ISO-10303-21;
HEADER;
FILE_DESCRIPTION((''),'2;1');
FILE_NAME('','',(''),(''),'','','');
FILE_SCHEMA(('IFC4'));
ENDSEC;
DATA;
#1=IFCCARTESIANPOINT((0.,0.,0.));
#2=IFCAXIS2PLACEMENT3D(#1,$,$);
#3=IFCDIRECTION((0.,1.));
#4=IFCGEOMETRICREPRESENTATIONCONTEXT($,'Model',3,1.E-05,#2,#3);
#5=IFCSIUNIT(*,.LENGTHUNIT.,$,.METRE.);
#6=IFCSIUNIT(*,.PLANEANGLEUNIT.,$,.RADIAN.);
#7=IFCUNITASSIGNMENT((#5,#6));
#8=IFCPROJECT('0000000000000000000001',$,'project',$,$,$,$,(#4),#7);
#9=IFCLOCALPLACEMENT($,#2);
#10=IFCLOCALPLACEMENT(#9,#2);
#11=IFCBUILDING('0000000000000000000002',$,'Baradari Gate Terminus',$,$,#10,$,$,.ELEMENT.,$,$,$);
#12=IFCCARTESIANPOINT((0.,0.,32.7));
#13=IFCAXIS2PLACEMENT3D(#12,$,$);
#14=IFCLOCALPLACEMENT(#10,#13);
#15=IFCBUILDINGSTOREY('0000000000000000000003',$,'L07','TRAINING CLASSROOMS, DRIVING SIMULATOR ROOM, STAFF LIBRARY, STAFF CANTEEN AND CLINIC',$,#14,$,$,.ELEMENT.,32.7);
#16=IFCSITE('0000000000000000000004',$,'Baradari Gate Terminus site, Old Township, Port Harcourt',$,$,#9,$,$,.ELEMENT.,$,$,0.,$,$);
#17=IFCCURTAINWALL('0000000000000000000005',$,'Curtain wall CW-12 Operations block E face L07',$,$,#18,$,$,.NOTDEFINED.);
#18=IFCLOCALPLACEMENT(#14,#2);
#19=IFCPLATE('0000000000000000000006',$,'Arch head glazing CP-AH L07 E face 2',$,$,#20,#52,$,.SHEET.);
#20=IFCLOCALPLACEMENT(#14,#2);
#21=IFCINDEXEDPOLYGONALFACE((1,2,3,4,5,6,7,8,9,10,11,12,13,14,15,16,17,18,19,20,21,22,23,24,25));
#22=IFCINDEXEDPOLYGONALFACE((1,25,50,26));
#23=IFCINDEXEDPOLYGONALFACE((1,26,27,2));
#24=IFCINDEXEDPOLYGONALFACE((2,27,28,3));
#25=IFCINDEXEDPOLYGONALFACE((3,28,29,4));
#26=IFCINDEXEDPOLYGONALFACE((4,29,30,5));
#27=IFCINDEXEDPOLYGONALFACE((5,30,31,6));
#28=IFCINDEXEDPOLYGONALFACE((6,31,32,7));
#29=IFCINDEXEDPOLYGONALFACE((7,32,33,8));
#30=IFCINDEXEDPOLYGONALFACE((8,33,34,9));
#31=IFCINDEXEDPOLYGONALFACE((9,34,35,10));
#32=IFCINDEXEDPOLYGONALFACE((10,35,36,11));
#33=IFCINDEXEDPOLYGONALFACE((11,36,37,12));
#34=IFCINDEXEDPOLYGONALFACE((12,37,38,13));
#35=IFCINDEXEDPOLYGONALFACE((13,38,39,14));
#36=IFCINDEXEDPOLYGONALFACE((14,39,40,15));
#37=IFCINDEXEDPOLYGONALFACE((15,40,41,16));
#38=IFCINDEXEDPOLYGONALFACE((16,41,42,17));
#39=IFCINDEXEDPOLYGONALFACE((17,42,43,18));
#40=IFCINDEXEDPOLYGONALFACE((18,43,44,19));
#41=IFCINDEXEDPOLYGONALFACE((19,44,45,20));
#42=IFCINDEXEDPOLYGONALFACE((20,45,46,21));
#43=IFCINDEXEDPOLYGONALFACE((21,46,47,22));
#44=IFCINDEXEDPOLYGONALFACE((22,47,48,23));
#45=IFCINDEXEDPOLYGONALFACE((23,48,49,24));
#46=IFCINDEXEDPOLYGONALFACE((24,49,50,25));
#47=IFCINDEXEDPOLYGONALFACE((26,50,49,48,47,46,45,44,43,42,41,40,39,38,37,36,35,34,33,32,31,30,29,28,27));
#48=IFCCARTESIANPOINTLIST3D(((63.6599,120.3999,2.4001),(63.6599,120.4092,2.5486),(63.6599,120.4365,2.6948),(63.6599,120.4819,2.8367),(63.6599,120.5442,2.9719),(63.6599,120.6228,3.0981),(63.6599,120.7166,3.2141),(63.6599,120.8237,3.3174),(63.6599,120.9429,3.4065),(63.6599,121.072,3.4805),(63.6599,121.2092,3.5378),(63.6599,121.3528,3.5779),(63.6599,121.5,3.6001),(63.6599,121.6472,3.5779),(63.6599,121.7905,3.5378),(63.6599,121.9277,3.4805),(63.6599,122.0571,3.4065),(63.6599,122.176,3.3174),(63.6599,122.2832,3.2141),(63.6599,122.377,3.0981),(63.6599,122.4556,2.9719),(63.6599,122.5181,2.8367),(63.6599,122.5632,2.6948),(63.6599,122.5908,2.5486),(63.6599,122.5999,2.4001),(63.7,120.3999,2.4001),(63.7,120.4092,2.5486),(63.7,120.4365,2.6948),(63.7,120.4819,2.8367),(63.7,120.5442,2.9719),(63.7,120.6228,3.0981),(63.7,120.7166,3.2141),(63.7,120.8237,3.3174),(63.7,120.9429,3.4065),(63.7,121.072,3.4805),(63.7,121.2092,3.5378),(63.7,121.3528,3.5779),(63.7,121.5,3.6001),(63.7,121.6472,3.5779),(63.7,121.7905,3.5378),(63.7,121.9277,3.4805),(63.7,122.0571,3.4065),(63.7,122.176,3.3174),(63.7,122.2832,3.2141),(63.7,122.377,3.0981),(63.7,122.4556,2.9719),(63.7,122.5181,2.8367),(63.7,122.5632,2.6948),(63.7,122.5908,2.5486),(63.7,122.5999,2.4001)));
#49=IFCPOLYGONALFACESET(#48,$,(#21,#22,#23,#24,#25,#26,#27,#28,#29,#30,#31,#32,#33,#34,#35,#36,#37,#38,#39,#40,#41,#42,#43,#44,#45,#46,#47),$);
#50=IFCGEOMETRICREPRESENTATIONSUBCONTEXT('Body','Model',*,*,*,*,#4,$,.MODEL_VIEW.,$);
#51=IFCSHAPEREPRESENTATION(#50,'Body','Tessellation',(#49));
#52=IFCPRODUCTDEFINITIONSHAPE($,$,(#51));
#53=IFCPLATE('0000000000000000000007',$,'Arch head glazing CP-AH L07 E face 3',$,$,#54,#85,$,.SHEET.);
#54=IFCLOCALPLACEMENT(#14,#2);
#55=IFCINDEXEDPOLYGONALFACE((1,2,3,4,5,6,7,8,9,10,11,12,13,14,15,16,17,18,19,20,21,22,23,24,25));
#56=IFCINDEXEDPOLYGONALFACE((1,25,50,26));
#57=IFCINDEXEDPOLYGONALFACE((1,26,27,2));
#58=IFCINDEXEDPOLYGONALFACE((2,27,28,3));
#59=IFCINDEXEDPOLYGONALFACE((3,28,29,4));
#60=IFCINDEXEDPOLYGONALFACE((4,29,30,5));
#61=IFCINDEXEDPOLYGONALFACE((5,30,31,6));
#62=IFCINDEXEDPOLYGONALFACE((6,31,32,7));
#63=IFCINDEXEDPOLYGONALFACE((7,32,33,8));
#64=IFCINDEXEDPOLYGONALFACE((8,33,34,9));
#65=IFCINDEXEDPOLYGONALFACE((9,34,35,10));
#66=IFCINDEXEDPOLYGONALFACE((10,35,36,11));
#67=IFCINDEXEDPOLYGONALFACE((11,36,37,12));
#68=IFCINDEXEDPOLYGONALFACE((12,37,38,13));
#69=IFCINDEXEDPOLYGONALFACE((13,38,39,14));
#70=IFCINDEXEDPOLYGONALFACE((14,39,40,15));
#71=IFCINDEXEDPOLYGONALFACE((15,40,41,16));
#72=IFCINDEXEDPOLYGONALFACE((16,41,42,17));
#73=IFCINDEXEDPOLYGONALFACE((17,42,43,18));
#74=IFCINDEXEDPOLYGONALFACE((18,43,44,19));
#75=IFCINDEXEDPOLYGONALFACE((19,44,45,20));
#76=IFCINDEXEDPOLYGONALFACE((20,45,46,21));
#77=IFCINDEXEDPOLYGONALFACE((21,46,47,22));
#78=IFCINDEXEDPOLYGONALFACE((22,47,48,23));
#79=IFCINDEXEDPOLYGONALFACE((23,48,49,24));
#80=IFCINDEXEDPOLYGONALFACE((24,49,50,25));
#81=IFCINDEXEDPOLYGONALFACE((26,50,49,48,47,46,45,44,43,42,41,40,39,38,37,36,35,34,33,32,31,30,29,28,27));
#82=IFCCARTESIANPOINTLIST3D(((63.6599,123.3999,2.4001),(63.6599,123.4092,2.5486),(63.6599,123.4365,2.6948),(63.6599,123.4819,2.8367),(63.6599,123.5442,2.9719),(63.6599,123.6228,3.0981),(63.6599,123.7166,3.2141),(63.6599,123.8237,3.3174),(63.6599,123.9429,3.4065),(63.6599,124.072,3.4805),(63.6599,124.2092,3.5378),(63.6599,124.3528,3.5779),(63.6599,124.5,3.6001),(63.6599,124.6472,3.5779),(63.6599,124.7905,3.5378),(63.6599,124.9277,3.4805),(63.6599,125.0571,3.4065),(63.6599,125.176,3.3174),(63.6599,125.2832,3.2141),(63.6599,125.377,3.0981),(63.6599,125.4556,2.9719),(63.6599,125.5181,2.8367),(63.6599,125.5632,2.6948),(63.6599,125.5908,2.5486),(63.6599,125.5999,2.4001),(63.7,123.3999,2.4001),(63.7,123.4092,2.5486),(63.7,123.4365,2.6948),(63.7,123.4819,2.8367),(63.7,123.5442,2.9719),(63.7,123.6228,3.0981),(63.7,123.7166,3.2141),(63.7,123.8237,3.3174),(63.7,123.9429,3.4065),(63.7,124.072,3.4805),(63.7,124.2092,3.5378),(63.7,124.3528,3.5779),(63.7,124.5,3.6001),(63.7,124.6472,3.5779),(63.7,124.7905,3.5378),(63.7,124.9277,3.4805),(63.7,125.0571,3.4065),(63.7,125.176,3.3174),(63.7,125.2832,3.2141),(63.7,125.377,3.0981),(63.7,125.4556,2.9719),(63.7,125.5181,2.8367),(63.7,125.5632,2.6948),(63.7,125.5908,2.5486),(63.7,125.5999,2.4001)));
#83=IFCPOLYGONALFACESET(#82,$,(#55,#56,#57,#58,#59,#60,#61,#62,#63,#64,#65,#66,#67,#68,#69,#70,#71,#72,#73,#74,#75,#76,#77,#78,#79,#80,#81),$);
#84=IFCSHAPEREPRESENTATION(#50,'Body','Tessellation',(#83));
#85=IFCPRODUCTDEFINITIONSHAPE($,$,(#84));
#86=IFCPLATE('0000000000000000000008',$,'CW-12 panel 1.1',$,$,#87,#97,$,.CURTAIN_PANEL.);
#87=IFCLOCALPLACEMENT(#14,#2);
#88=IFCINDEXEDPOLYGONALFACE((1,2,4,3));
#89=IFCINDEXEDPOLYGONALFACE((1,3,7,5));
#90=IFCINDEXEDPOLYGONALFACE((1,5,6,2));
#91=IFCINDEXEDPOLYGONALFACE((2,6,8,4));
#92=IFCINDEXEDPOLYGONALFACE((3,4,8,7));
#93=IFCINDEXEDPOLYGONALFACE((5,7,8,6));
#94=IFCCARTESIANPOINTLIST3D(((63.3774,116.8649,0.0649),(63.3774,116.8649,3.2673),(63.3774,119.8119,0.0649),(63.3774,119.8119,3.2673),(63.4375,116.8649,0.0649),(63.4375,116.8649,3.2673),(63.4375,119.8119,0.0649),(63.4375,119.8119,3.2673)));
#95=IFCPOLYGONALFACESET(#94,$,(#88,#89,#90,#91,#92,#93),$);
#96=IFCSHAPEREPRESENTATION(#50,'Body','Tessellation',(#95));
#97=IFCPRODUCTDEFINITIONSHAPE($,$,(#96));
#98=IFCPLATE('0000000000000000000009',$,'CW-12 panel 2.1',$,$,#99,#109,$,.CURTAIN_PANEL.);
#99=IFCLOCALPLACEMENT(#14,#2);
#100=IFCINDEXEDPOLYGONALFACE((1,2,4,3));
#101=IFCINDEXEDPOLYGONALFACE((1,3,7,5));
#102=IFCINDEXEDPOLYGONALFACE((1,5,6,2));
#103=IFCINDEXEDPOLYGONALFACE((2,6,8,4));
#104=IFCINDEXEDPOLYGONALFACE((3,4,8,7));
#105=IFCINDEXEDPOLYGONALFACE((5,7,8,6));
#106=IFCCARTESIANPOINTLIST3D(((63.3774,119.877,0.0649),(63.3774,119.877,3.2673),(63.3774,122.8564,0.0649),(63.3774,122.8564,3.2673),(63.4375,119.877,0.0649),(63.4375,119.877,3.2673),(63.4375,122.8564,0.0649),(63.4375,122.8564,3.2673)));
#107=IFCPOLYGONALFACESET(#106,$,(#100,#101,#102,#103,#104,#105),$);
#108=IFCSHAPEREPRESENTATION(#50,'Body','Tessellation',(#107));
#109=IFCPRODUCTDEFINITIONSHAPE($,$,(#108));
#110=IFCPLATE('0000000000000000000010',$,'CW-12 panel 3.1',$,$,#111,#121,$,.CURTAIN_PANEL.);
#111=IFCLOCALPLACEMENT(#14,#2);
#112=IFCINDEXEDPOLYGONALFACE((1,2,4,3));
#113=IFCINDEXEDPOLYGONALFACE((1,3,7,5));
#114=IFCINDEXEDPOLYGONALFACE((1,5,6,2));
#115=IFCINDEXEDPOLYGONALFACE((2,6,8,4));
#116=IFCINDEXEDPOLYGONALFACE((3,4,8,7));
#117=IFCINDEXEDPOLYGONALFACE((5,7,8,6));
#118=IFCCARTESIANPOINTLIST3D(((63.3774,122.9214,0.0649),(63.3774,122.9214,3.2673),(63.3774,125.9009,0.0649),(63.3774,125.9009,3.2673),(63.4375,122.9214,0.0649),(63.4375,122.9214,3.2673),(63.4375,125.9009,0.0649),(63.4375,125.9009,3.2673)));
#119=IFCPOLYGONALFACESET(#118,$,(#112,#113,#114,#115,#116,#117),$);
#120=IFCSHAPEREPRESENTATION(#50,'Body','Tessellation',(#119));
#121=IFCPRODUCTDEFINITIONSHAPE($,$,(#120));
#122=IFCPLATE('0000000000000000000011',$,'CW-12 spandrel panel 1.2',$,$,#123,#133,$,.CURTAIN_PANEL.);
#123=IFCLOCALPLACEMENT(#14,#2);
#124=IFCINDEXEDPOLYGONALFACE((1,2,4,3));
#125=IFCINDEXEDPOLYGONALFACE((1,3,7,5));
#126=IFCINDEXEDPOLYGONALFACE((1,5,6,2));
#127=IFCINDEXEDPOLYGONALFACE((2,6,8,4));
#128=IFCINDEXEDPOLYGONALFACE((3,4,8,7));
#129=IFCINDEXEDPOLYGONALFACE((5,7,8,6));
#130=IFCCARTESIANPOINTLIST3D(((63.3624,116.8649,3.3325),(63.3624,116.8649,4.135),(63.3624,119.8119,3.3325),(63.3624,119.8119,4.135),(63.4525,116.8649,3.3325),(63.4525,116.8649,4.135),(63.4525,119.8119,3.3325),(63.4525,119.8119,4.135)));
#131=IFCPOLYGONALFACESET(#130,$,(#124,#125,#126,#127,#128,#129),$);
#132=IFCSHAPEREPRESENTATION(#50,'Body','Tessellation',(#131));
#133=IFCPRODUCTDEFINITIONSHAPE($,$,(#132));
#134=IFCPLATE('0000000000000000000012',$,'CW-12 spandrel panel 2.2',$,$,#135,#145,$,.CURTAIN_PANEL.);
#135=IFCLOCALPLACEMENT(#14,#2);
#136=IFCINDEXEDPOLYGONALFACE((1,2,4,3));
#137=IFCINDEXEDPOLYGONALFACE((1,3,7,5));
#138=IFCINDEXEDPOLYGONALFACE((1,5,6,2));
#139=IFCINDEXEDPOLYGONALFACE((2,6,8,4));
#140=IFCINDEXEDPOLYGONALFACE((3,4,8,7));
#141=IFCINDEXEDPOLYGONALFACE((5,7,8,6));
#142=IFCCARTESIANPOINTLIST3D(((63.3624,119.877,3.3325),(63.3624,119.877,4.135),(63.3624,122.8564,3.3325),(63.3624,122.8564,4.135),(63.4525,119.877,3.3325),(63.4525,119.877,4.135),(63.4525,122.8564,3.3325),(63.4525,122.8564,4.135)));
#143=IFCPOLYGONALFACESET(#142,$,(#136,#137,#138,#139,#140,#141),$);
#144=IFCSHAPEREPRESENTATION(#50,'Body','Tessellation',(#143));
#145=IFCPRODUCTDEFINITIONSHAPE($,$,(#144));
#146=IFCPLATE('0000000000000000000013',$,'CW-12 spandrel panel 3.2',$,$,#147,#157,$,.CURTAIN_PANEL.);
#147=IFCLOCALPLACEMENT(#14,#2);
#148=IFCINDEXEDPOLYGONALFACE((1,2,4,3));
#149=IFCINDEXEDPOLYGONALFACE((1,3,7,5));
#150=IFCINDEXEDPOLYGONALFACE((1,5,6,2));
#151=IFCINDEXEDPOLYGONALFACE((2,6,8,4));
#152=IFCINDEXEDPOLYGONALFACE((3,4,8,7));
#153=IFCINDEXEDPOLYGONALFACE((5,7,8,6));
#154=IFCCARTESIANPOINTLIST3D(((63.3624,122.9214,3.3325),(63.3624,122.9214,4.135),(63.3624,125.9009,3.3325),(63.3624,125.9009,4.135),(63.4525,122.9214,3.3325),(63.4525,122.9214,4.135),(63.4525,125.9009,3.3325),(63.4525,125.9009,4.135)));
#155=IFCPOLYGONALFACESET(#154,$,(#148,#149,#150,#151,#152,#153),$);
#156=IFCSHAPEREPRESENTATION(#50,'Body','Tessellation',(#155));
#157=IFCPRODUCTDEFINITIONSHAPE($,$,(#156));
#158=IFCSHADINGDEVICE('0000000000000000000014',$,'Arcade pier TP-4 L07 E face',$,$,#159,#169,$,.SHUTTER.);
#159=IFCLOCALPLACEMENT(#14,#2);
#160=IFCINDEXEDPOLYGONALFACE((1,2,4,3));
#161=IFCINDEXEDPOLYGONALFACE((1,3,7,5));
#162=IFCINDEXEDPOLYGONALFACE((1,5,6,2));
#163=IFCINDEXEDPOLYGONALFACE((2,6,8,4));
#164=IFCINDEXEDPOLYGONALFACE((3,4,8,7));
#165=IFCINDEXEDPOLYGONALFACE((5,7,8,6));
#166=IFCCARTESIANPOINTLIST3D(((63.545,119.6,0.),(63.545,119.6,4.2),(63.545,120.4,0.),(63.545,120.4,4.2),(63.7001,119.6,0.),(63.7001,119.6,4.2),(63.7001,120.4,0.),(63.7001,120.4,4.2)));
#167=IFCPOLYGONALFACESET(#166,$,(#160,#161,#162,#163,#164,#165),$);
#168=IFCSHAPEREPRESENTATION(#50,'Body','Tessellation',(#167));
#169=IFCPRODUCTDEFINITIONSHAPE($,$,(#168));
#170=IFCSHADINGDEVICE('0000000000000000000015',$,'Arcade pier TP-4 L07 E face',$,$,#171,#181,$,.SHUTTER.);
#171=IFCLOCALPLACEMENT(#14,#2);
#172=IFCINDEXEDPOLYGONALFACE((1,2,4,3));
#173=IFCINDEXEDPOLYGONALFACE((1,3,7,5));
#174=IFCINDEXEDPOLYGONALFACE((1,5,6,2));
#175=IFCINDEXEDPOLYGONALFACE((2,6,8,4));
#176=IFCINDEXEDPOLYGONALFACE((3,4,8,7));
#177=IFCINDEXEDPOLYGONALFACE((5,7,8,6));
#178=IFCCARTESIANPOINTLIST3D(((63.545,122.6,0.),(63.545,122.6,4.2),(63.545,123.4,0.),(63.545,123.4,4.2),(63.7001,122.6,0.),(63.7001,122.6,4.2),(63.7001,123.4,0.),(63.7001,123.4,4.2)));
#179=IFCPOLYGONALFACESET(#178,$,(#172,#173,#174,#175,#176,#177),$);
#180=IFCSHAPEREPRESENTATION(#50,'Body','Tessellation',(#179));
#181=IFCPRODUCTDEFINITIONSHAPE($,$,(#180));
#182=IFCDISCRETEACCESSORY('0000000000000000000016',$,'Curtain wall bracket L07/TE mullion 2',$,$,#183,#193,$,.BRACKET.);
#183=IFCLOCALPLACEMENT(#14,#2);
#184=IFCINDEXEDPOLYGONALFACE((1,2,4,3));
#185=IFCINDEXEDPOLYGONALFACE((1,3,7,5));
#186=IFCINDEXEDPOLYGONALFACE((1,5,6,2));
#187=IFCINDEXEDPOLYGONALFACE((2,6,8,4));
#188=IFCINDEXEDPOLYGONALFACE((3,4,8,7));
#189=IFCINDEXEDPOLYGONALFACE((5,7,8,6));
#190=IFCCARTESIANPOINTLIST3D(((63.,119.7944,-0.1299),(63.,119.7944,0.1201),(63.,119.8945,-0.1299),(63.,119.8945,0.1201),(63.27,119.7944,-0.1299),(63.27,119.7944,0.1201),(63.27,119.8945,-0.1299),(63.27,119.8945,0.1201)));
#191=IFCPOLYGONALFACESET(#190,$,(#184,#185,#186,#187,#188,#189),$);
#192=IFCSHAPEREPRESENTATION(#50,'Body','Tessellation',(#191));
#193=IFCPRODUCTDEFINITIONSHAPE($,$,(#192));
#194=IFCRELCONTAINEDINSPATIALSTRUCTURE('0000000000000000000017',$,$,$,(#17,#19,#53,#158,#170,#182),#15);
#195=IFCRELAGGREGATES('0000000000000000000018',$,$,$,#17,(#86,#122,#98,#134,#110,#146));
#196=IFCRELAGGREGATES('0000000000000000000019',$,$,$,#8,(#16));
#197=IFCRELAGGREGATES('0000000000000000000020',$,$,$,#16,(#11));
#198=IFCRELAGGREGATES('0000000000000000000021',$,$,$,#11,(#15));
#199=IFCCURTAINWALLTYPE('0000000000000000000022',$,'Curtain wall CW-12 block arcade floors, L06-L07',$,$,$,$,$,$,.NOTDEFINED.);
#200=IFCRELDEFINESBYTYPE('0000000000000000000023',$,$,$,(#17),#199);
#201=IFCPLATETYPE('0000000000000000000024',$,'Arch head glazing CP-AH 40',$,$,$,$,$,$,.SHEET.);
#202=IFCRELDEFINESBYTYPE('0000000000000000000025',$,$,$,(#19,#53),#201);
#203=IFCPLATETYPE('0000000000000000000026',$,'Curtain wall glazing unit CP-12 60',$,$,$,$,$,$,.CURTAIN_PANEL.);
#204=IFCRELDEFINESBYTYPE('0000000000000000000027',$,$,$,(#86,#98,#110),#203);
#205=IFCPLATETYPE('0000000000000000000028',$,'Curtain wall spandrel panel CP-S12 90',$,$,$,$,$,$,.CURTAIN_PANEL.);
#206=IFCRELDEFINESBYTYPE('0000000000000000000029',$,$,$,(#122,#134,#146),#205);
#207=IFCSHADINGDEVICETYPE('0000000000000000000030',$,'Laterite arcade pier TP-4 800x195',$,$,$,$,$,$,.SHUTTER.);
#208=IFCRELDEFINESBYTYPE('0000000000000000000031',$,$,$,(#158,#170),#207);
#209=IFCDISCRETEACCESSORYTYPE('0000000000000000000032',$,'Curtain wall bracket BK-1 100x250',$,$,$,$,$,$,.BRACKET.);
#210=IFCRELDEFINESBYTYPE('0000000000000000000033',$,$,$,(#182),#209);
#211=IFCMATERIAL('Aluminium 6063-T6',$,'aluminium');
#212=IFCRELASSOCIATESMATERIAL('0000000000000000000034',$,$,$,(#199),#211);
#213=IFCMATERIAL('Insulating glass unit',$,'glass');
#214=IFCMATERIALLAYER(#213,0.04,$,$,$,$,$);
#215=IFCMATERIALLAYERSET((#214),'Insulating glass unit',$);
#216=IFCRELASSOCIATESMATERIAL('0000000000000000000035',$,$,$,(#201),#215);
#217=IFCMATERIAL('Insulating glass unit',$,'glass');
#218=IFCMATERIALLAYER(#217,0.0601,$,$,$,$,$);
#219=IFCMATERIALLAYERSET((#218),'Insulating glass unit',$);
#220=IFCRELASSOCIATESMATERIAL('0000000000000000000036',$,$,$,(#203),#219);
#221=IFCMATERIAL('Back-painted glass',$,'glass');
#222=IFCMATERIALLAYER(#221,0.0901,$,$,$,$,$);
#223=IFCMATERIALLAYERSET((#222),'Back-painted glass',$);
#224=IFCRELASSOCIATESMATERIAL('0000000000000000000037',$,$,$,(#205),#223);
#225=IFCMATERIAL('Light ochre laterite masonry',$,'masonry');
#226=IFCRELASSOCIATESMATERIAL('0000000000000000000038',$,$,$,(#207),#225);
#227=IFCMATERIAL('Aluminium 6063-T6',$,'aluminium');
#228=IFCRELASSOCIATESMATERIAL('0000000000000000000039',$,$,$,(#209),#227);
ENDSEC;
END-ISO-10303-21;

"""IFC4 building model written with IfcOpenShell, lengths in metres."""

from ifc_helpers import new_model, si_unit, direction, frame, origin, origin_2d, place, context, subcontext, project, spatial, polyline, rectangle, outline, extrude, material, layer, layer_set, type_object, element, aggregate, save


model = new_model("IFC4")

# Units and contexts
model_context = context("Model", 3, precision=1e-05, world=origin(), true_north=direction((0.0, 1.0)))
body_context = subcontext(model_context, "Body", "Model", "MODEL_VIEW")
ifc_project = project(units=[si_unit("LENGTHUNIT", "METRE"), si_unit("PLANEANGLEUNIT", "RADIAN")], contexts=[model_context])

# Site, building, storey
site_placement = place(None, origin())
site = spatial("IfcSite", under=ifc_project, at=site_placement, Name="Baradari Gate Terminus site, Old Township, Port Harcourt", CompositionType="ELEMENT", RefElevation=0.0)
building_placement = place(site_placement, origin())
building = spatial("IfcBuilding", under=site, at=building_placement, Name="Baradari Gate Terminus", CompositionType="ELEMENT")
storey_placement = place(building_placement, frame((0.0, 0.0, 32.7)))
storey = spatial("IfcBuildingStorey", under=building, at=storey_placement, Name="L07", Description="TRAINING CLASSROOMS, DRIVING SIMULATOR ROOM, STAFF LIBRARY, STAFF CANTEEN AND CLINIC", CompositionType="ELEMENT", Elevation=32.7)

# Curtain wall
ifc_material_1 = material(Name="Aluminium 6063-T6", Category="aluminium")
curtain_wall_type = type_object("IfcCurtainWallType", Name="Curtain wall CW-12 block arcade floors, L06-L07", PredefinedType="NOTDEFINED", material=ifc_material_1)
curtain_wall_placement = place(storey_placement, origin())
curtain_wall = element("IfcCurtainWall", 1, at=curtain_wall_placement, inside=storey, type_object=curtain_wall_type, Name="Curtain wall CW-12 Operations block E face L07", PredefinedType="NOTDEFINED")

# Plates
ifc_material_2 = material(Name="Insulating glass unit", Category="glass")
ifc_layer_1 = layer(ifc_material_2, 0.04)
ifc_layer_set_1 = layer_set([ifc_layer_1], Name="Insulating glass unit")
plate_type_1 = type_object("IfcPlateType", Name="Arch head glazing CP-AH 40", PredefinedType="SHEET", material=ifc_layer_set_1)
for number, where, z_axis, x_axis, name in (
    (2, (63.6799, 120.3999, 2.4001), (0.0, 0.0, 1.0), (0.0, 1.0, 0.0), "Arch head glazing CP-AH L07 E face 2"),
    (3, (63.6799, 123.3999, 2.4001), (0.0, 0.0, 1.0), (0.0, 1.0, 0.0), "Arch head glazing CP-AH L07 E face 3"),
):
    element("IfcPlate", number, at=place(storey_placement, frame(where, z_axis=z_axis, x_axis=x_axis)), inside=storey, type_object=plate_type_1, Name=name, PredefinedType="SHEET", context=body_context, shape_type="SweptSolid", body=[
        extrude(outline(polyline([(0.0, 0.0), (2.2, 0.0), (2.1909, 0.1484), (2.1633, 0.2947), (2.1182, 0.4365), (2.0557, 0.5718), (1.9771, 0.698), (1.8833, 0.814), (1.7761, 0.9172), (1.6572, 1.0063), (1.5278, 1.0803), (1.3906, 1.1377), (1.2473, 1.1777), (1.1001, 1.2), (0.9529, 1.1777), (0.8093, 1.1377), (0.6721, 1.0803), (0.543, 1.0063), (0.4238, 0.9172), (0.3167, 0.814), (0.2229, 0.698), (0.1443, 0.5718), (0.082, 0.4365), (0.0366, 0.2947), (0.0093, 0.1484), (0.0, 0.0)])), frame((0.0, 0.02, 0.0), z_axis=(0.0, -1.0, 0.0), x_axis=(1.0, 0.0, 0.0)), (0.0, 0.0, 1.0), 0.04),
    ])

# Plates
ifc_material_3 = material(Name="Insulating glass unit", Category="glass")
ifc_layer_2 = layer(ifc_material_3, 0.0601)
ifc_layer_set_2 = layer_set([ifc_layer_2], Name="Insulating glass unit")
plate_type_2 = type_object("IfcPlateType", Name="Curtain wall glazing unit CP-12 60", PredefinedType="CURTAIN_PANEL", material=ifc_layer_set_2)
plate_1_placement = place(storey_placement, frame((63.4075, 118.3384, 0.0649), z_axis=(0.0, 0.0, 1.0), x_axis=(0.0, 1.0, 0.0)))
plate_1 = element("IfcPlate", 4, at=plate_1_placement, type_object=plate_type_2, Name="CW-12 panel 1.1", PredefinedType="CURTAIN_PANEL", context=body_context, shape_type="SweptSolid", body=[
    extrude(rectangle(XDim=2.947, YDim=0.0601, at=origin_2d()), origin(), (0.0, 0.0, 1.0), 3.2024),
])
plate_2_placement = place(storey_placement, frame((63.4075, 121.3667, 0.0649), z_axis=(0.0, 0.0, 1.0), x_axis=(0.0, 1.0, 0.0)))
plate_2 = element("IfcPlate", 5, at=plate_2_placement, type_object=plate_type_2, Name="CW-12 panel 2.1", PredefinedType="CURTAIN_PANEL", context=body_context, shape_type="SweptSolid", body=[
    extrude(rectangle(XDim=2.9795, YDim=0.0601, at=origin_2d()), origin(), (0.0, 0.0, 1.0), 3.2024),
])
plate_3_placement = place(storey_placement, frame((63.4075, 124.4111, 0.0649), z_axis=(0.0, 0.0, 1.0), x_axis=(0.0, 1.0, 0.0)))
plate_3 = element("IfcPlate", 6, at=plate_3_placement, type_object=plate_type_2, Name="CW-12 panel 3.1", PredefinedType="CURTAIN_PANEL", context=body_context, shape_type="SweptSolid", body=[
    extrude(rectangle(XDim=2.9795, YDim=0.0601, at=origin_2d()), origin(), (0.0, 0.0, 1.0), 3.2024),
])
ifc_material_4 = material(Name="Back-painted glass", Category="glass")
ifc_layer_3 = layer(ifc_material_4, 0.0901)
ifc_layer_set_3 = layer_set([ifc_layer_3], Name="Back-painted glass")
plate_type_3 = type_object("IfcPlateType", Name="Curtain wall spandrel panel CP-S12 90", PredefinedType="CURTAIN_PANEL", material=ifc_layer_set_3)
plate_4_placement = place(storey_placement, frame((63.4075, 118.3384, 3.3325), z_axis=(0.0, 0.0, 1.0), x_axis=(0.0, 1.0, 0.0)))
plate_4 = element("IfcPlate", 7, at=plate_4_placement, type_object=plate_type_3, Name="CW-12 spandrel panel 1.2", PredefinedType="CURTAIN_PANEL", context=body_context, shape_type="SweptSolid", body=[
    extrude(rectangle(XDim=2.947, YDim=0.0901, at=origin_2d()), origin(), (0.0, 0.0, 1.0), 0.8025),
])
plate_5_placement = place(storey_placement, frame((63.4075, 121.3667, 3.3325), z_axis=(0.0, 0.0, 1.0), x_axis=(0.0, 1.0, 0.0)))
plate_5 = element("IfcPlate", 8, at=plate_5_placement, type_object=plate_type_3, Name="CW-12 spandrel panel 2.2", PredefinedType="CURTAIN_PANEL", context=body_context, shape_type="SweptSolid", body=[
    extrude(rectangle(XDim=2.9795, YDim=0.0901, at=origin_2d()), origin(), (0.0, 0.0, 1.0), 0.8025),
])
plate_6_placement = place(storey_placement, frame((63.4075, 124.4111, 3.3325), z_axis=(0.0, 0.0, 1.0), x_axis=(0.0, 1.0, 0.0)))
plate_6 = element("IfcPlate", 9, at=plate_6_placement, type_object=plate_type_3, Name="CW-12 spandrel panel 3.2", PredefinedType="CURTAIN_PANEL", context=body_context, shape_type="SweptSolid", body=[
    extrude(rectangle(XDim=2.9795, YDim=0.0901, at=origin_2d()), origin(), (0.0, 0.0, 1.0), 0.8025),
])
aggregate(curtain_wall, [plate_1, plate_4, plate_2, plate_5, plate_3, plate_6])

# Shading devices
ifc_material_5 = material(Name="Light ochre laterite masonry", Category="masonry")
shading_device_type = type_object("IfcShadingDeviceType", Name="Laterite arcade pier TP-4 800x195", PredefinedType="SHUTTER", material=ifc_material_5)
for number, where, z_axis, x_axis, name in (
    (10, (63.6226, 120.0, 0.0), (0.0, 0.0, 1.0), (0.0, 1.0, 0.0), "Arcade pier TP-4 L07 E face"),
    (11, (63.6226, 123.0, 0.0), (0.0, 0.0, 1.0), (0.0, 1.0, 0.0), "Arcade pier TP-4 L07 E face"),
):
    element("IfcShadingDevice", number, at=place(storey_placement, frame(where, z_axis=z_axis, x_axis=x_axis)), inside=storey, type_object=shading_device_type, Name=name, PredefinedType="SHUTTER", context=body_context, shape_type="SweptSolid", body=[
        extrude(rectangle(XDim=0.8, YDim=0.155, at=origin_2d()), origin(), (0.0, 0.0, 1.0), 4.2),
    ])

# Discrete accessory
ifc_material_6 = material(Name="Aluminium 6063-T6", Category="aluminium")
discrete_accessory_type = type_object("IfcDiscreteAccessoryType", Name="Curtain wall bracket BK-1 100x250", PredefinedType="BRACKET", material=ifc_material_6)
for number, where, z_axis, x_axis, name in (
    (12, (63.135, 119.8445, -0.1299), (0.0, 0.0, 1.0), (1.0, 0.0, 0.0), "Curtain wall bracket L07/TE mullion 2"),
):
    element("IfcDiscreteAccessory", number, at=place(storey_placement, frame(where, z_axis=z_axis, x_axis=x_axis)), inside=storey, type_object=discrete_accessory_type, Name=name, PredefinedType="BRACKET", context=body_context, shape_type="SweptSolid", body=[
        extrude(rectangle(XDim=0.27, YDim=0.1001, at=origin_2d()), origin(), (0.0, 0.0, 1.0), 0.25),
    ])

save(model, "model.ifc")
